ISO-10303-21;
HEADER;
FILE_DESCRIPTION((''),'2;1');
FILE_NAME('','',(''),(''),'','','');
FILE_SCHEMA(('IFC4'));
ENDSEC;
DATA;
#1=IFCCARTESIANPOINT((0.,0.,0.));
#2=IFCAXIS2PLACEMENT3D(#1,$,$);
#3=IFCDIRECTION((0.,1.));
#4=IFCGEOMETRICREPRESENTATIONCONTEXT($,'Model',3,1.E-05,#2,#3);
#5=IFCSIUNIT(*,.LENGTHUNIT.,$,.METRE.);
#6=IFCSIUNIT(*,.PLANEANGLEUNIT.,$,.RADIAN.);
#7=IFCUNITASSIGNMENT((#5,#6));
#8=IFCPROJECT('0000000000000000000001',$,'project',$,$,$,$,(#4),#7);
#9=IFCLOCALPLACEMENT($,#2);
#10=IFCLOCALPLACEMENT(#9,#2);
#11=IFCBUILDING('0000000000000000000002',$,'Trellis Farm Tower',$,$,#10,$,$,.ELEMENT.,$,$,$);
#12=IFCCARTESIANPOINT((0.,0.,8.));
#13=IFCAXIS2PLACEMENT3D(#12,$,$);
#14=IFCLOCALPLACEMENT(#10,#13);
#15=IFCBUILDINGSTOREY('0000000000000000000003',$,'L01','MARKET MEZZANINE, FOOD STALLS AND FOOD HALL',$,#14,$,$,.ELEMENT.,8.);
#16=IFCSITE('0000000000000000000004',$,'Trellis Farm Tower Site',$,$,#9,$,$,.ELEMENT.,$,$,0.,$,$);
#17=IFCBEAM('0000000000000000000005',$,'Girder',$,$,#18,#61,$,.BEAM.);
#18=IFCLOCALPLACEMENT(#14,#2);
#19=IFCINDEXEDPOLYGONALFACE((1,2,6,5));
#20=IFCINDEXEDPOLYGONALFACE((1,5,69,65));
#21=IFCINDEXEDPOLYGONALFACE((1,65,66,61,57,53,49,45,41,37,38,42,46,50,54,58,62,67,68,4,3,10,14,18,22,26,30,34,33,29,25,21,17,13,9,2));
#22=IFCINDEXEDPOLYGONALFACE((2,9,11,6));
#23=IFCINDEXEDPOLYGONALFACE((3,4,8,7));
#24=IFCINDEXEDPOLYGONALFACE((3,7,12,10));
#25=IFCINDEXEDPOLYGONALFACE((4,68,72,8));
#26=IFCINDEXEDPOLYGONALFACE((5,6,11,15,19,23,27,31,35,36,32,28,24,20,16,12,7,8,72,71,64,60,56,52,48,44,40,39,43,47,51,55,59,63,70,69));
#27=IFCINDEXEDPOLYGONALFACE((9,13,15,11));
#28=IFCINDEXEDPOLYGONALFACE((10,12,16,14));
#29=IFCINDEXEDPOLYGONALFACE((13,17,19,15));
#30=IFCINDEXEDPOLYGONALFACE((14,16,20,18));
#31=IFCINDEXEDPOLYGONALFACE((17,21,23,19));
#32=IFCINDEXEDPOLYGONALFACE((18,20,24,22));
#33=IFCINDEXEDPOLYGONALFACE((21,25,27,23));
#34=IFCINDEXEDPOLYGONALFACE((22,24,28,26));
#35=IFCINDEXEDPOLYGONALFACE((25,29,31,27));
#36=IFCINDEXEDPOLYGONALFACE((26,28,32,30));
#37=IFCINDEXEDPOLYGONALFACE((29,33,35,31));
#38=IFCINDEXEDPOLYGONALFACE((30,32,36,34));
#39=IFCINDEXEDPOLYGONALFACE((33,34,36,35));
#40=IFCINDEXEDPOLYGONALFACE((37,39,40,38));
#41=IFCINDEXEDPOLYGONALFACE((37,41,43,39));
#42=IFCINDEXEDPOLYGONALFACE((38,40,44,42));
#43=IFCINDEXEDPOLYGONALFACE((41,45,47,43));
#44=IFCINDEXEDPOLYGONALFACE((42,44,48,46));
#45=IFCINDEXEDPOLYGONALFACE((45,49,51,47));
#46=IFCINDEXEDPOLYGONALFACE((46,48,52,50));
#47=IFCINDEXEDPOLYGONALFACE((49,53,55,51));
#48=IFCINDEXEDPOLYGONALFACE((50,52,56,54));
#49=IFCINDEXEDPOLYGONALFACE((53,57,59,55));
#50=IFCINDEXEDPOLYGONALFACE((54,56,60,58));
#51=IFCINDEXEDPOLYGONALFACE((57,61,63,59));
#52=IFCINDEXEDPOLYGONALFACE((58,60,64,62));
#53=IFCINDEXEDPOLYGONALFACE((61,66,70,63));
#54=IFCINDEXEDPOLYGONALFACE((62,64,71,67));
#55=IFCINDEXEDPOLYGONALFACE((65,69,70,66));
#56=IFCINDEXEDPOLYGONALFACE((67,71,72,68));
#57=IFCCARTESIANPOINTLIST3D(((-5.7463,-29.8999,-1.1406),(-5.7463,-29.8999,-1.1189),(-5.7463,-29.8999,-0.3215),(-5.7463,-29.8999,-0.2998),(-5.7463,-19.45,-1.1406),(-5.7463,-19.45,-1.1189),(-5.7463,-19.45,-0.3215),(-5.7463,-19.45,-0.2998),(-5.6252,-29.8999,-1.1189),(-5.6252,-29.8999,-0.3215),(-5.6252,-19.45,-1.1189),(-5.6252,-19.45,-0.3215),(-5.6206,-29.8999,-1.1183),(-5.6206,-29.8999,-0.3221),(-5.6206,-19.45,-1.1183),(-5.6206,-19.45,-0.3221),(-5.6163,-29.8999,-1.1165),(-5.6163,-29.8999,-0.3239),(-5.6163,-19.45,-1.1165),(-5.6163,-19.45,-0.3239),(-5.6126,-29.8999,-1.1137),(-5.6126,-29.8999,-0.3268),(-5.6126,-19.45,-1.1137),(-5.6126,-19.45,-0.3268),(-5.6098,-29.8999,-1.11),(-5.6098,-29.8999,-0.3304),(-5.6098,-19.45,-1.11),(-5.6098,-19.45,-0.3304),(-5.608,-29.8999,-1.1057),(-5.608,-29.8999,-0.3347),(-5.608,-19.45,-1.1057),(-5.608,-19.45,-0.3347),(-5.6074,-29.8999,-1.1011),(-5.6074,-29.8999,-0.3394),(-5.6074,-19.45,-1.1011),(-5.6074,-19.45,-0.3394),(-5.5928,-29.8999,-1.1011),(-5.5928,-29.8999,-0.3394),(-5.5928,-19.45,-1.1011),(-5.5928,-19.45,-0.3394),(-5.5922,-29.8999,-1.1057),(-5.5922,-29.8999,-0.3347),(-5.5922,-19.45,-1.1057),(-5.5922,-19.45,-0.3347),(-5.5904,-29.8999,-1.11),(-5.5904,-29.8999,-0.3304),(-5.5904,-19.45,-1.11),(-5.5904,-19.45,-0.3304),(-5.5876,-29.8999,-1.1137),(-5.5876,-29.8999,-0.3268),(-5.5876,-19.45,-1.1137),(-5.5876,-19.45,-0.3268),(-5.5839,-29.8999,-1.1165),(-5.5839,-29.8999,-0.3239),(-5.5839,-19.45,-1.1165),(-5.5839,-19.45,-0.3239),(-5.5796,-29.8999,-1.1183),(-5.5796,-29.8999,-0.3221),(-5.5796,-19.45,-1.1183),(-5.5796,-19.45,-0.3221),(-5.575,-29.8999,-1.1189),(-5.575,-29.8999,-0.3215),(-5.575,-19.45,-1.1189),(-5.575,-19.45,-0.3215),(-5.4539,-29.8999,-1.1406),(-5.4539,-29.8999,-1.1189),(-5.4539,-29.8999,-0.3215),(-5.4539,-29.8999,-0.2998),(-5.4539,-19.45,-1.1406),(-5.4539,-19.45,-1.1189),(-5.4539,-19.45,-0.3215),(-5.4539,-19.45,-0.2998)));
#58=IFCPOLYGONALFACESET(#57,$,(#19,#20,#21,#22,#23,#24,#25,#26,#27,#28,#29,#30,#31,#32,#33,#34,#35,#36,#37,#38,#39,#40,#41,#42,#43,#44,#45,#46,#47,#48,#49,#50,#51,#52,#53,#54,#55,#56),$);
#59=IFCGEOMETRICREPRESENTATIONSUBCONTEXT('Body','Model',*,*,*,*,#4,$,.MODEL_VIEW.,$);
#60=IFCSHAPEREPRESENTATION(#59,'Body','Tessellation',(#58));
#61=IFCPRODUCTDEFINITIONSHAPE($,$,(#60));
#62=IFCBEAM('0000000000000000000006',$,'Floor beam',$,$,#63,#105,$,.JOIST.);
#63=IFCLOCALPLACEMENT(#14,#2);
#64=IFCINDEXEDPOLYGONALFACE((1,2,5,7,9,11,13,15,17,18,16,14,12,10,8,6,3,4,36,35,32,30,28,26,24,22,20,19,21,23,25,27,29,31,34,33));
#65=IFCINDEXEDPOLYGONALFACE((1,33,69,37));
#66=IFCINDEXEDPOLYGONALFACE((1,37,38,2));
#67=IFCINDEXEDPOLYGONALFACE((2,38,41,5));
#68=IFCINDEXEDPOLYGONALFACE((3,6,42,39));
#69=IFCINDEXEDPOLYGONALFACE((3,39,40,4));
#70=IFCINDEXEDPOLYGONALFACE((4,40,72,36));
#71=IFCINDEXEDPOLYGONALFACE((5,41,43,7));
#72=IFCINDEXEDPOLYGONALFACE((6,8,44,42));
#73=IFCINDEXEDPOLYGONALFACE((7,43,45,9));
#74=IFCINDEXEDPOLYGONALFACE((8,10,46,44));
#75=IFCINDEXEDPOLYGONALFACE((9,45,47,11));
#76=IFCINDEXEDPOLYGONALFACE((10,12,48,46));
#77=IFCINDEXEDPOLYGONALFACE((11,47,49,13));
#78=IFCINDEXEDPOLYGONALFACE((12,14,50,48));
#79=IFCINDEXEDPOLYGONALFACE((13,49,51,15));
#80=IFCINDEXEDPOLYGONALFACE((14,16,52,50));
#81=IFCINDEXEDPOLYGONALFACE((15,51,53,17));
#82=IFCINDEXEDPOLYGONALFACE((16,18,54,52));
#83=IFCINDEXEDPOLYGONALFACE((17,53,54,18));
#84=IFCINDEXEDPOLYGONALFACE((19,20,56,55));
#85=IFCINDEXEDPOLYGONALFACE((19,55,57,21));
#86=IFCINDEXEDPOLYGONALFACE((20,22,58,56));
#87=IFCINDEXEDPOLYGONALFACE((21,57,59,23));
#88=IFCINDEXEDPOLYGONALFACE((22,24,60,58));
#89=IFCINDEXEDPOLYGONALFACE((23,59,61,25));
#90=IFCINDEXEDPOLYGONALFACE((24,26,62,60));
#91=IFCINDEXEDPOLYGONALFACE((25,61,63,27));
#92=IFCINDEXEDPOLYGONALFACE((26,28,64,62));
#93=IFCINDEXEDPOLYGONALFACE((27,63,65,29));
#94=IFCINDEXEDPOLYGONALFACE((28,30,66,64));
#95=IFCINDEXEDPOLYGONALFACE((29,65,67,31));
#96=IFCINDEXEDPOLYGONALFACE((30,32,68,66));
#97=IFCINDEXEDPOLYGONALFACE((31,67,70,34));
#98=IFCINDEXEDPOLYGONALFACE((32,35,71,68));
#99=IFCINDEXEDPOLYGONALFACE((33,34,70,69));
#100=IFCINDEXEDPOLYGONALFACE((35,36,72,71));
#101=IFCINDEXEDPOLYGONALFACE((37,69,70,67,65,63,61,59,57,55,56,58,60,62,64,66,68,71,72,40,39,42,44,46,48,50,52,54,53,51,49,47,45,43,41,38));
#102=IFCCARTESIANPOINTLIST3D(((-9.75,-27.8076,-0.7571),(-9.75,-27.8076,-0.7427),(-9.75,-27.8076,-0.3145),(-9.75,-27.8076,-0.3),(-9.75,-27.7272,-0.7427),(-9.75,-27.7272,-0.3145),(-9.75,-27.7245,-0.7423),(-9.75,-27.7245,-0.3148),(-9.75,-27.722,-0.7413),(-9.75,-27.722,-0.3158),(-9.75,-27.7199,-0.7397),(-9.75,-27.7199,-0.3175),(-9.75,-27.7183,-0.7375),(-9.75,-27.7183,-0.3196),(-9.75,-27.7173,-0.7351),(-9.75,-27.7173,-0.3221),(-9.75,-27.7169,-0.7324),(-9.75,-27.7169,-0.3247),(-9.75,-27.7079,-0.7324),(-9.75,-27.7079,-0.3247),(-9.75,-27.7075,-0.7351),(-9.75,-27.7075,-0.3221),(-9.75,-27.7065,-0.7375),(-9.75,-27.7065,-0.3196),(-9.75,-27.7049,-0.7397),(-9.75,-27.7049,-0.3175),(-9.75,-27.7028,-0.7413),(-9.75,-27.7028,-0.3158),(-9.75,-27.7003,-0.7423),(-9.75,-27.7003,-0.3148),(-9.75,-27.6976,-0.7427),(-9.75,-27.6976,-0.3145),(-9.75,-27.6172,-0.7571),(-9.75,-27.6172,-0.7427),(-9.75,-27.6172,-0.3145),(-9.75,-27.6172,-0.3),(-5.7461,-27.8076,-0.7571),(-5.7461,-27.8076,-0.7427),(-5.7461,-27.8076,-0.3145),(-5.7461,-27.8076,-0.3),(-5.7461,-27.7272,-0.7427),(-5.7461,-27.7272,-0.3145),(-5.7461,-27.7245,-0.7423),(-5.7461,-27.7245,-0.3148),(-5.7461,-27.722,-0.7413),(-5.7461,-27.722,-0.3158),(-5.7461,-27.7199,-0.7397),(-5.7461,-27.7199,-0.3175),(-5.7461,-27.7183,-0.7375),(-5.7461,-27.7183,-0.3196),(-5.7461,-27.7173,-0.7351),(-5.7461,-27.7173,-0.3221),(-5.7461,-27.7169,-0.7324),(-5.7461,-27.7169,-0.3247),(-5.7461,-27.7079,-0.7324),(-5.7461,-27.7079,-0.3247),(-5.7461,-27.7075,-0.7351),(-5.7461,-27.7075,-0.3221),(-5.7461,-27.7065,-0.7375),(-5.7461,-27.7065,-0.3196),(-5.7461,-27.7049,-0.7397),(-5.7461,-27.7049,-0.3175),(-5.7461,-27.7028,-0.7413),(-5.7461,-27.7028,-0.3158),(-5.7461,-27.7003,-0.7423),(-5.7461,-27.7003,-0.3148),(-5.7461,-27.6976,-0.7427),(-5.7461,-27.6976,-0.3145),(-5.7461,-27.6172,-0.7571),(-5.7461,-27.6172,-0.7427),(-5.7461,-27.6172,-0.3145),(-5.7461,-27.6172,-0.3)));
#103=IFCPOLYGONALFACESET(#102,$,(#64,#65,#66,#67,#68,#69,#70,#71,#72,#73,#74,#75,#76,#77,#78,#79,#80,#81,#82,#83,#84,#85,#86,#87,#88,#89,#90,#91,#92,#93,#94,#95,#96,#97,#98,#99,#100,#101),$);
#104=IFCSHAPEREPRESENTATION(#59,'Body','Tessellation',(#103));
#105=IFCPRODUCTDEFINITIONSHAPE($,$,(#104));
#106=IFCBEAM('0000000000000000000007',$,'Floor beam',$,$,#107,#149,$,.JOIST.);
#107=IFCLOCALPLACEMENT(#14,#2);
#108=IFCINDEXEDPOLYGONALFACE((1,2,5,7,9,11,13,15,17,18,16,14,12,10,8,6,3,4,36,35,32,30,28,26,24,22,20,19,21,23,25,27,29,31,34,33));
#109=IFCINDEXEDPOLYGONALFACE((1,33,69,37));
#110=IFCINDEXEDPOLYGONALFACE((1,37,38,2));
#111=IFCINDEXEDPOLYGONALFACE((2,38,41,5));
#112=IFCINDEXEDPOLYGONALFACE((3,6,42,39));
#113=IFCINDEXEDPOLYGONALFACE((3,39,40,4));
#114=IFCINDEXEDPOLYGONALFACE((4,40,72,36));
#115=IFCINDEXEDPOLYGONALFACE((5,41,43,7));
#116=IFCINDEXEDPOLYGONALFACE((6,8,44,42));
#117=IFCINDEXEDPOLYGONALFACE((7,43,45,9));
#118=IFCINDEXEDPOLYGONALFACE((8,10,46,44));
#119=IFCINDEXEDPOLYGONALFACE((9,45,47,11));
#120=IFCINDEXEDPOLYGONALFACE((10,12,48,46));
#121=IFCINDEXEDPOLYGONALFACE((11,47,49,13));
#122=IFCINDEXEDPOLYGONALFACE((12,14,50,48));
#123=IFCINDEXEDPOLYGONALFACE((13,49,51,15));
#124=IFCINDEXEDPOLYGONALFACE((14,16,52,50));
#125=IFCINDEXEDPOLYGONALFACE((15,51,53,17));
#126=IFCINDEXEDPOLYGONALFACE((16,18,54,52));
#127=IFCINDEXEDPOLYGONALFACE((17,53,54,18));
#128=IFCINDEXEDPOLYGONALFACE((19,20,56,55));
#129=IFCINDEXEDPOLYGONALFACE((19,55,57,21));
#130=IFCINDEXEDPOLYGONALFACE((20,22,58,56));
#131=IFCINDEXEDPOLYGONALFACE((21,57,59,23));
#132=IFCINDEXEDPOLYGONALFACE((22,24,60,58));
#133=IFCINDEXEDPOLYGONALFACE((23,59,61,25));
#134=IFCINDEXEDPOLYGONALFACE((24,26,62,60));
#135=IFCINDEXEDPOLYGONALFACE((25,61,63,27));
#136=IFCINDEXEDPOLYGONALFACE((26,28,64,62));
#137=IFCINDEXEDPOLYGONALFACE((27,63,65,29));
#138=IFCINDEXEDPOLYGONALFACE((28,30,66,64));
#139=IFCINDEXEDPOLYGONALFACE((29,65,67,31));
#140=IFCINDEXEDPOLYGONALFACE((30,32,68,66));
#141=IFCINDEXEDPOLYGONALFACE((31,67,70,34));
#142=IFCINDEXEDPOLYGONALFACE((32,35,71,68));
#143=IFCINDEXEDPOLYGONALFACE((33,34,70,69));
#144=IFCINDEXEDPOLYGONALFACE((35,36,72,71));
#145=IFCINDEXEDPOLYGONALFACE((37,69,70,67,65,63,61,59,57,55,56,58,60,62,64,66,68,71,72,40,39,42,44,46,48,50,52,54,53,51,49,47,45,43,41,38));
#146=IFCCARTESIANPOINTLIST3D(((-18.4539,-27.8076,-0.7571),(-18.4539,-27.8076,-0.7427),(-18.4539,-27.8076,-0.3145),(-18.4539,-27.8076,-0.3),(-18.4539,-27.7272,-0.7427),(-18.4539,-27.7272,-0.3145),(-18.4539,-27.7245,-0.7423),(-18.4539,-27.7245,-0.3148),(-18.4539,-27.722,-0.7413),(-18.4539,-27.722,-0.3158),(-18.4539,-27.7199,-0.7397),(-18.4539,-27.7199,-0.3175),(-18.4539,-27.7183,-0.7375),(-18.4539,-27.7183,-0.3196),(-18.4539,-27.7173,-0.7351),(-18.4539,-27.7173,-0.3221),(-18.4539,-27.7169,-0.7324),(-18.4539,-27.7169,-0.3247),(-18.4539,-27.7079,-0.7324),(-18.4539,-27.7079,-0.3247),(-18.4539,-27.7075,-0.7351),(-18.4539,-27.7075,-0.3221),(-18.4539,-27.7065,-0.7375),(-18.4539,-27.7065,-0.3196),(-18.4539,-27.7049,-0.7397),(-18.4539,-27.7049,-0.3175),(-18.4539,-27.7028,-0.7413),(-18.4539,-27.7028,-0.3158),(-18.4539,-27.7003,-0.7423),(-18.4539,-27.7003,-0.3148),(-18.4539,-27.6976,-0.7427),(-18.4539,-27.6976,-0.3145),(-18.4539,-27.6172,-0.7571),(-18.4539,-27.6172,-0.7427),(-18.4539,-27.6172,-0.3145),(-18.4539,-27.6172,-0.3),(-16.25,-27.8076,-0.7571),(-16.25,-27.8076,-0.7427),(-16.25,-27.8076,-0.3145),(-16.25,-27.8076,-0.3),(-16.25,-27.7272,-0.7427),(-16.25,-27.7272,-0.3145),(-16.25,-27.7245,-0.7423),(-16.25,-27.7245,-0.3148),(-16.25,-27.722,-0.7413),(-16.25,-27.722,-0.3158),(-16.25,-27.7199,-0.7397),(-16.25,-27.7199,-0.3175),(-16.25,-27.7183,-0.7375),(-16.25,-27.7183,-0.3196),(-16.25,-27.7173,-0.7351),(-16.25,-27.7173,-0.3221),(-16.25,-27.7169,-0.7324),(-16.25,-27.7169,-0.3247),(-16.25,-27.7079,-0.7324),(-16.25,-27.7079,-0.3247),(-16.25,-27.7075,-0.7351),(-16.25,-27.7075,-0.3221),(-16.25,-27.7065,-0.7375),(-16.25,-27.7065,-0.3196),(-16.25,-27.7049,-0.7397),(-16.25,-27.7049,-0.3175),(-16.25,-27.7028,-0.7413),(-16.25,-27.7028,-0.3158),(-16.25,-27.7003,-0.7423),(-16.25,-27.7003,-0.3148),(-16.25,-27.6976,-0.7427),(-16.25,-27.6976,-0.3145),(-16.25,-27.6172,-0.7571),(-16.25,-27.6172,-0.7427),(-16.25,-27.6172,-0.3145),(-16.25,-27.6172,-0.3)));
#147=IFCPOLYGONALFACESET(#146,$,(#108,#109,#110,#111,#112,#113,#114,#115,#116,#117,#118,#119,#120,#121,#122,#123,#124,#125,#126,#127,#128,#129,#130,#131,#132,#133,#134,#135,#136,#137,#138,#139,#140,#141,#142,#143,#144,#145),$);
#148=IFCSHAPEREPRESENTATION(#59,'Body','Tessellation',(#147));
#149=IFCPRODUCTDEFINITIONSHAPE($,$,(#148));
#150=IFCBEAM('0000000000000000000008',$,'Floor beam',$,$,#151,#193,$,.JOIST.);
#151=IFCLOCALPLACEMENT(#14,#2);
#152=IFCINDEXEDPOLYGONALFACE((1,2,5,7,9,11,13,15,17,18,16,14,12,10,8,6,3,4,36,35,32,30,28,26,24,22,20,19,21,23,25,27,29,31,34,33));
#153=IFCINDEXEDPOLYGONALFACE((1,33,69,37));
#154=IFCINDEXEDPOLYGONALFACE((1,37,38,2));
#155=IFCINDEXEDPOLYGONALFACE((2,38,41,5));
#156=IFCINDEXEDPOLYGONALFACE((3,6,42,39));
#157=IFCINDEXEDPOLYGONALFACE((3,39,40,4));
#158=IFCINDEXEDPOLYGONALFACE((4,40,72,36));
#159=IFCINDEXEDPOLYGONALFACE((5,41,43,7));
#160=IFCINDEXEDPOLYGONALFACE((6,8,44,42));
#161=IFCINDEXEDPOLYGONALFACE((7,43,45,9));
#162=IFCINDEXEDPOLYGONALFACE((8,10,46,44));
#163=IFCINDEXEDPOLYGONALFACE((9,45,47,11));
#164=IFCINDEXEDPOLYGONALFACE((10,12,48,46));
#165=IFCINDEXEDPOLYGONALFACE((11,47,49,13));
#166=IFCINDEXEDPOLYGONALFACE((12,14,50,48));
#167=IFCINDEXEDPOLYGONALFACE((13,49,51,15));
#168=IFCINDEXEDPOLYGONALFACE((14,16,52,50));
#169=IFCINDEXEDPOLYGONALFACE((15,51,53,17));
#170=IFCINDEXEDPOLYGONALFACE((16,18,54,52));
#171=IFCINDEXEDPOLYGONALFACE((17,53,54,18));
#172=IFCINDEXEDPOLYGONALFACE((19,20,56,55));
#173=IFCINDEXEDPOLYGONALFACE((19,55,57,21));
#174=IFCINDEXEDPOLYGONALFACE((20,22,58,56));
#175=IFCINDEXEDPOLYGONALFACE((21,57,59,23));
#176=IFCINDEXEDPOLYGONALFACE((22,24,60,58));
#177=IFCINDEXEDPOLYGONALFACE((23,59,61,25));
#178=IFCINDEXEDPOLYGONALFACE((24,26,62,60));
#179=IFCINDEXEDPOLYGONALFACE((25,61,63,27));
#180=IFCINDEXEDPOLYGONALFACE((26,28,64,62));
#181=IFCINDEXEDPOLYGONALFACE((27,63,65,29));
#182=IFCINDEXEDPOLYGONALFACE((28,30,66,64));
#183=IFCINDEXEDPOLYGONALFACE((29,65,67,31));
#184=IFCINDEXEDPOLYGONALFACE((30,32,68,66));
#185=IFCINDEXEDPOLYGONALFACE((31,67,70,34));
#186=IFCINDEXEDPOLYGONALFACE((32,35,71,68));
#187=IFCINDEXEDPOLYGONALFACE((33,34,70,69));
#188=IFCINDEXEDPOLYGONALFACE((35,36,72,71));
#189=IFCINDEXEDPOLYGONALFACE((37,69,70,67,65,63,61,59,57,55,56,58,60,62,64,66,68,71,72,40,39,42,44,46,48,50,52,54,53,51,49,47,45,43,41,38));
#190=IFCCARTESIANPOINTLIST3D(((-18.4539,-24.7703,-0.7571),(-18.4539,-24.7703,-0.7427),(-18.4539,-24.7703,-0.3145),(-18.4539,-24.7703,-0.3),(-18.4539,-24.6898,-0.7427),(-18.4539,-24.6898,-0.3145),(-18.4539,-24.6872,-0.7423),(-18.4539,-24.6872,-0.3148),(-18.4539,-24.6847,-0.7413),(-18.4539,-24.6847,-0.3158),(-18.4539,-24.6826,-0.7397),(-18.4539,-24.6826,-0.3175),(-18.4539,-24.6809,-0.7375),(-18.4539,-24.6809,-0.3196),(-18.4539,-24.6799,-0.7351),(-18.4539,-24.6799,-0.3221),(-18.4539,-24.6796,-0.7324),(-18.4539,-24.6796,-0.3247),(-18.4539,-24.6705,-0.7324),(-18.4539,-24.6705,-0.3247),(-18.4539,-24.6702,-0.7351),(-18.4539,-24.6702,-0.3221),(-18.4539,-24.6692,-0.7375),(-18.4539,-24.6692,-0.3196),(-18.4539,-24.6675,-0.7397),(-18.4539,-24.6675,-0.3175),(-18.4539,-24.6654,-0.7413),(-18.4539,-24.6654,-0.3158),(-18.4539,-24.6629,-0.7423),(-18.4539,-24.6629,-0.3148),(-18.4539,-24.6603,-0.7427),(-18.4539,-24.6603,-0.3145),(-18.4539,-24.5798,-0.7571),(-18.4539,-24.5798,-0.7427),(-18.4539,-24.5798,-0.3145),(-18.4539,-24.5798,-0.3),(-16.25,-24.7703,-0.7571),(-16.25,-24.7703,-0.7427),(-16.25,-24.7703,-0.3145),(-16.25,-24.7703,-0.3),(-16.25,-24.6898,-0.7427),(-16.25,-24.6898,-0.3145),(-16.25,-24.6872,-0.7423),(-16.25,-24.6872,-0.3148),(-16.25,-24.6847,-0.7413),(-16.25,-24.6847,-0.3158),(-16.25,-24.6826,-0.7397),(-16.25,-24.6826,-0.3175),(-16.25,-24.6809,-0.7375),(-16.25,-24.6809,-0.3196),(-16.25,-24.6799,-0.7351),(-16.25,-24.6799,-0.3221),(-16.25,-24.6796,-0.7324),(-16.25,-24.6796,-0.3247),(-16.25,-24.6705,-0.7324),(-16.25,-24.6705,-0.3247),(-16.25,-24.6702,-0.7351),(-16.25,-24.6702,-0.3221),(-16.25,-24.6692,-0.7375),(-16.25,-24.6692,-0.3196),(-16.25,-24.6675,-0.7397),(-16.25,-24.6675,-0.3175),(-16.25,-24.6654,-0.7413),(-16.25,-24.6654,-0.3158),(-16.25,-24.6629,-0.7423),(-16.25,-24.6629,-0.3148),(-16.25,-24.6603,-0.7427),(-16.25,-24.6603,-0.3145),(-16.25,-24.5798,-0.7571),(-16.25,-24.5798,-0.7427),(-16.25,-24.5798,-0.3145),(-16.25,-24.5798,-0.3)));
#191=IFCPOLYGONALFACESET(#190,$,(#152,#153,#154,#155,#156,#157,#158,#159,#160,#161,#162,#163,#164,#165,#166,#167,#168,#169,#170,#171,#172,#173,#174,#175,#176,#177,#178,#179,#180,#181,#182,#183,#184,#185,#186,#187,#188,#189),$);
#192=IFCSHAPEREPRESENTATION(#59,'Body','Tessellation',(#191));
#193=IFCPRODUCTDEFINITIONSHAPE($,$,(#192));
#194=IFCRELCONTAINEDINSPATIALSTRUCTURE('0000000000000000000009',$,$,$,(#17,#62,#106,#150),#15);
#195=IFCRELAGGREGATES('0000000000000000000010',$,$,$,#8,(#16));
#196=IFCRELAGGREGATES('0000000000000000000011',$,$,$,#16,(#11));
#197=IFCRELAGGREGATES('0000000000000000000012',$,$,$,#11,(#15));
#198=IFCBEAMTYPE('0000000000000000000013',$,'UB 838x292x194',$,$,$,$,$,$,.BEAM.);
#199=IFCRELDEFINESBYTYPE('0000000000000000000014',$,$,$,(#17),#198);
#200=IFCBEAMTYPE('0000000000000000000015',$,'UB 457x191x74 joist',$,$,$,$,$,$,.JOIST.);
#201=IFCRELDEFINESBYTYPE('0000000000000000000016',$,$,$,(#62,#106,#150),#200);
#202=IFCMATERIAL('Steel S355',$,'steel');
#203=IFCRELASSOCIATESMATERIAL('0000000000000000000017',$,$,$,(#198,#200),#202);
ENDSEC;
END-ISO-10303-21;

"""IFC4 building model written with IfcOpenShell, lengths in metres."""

from ifc_helpers import new_model, si_unit, direction, frame, origin, origin_2d, place, context, subcontext, project, spatial, i_section, extrude, source, transform, mapped, material, material_profile, profile_set, type_object, element, save


model = new_model("IFC4")

# Units and contexts
model_context = context("Model", 3, precision=1e-05, world=origin(), true_north=direction((0.0, 1.0)))
body_context = subcontext(model_context, "Body", "Model", "MODEL_VIEW")
ifc_project = project(units=[si_unit("LENGTHUNIT", "METRE"), si_unit("PLANEANGLEUNIT", "RADIAN")], contexts=[model_context])

# Site, building, storey
site_placement = place(None, origin())
site = spatial("IfcSite", under=ifc_project, at=site_placement, Name="Trellis Farm Tower Site", CompositionType="ELEMENT", RefElevation=0.0)
building_placement = place(site_placement, origin())
building = spatial("IfcBuilding", under=site, at=building_placement, Name="Trellis Farm Tower", CompositionType="ELEMENT")
storey_placement = place(building_placement, frame((0.0, 0.0, 8.0)))
storey = spatial("IfcBuildingStorey", under=building, at=storey_placement, Name="L01", Description="MARKET MEZZANINE, FOOD STALLS AND FOOD HALL", CompositionType="ELEMENT", Elevation=8.0)

# Beams
ifc_material_1 = material(Name="Steel S355", Category="steel")
ifc_material_profile_1 = material_profile(ifc_material_1, i_section(OverallWidth=0.2925, OverallDepth=0.8408, WebThickness=0.0146, FlangeThickness=0.0217, FilletRadius=0.0178, at=origin_2d()), Name="UB 838x292x194")
ifc_profile_set_1 = profile_set([ifc_material_profile_1], Name="Steel S355")
beam_type_1 = type_object("IfcBeamType", Name="UB 838x292x194", PredefinedType="BEAM", material=ifc_profile_set_1)
shared_shape_1 = source(origin(), body_context, "Body", "SweptSolid", [
    extrude(i_section(OverallWidth=0.2925, OverallDepth=0.8408, WebThickness=0.0146, FlangeThickness=0.0217, FilletRadius=0.0178, at=origin_2d()), origin(), (0.0, 0.0, 1.0), 10.45),
])
beam_1_placement = place(storey_placement, frame((-5.6001, -29.8999, -0.7202), z_axis=(0.0, 1.0, 0.0), x_axis=(-1.0, 0.0, 0.0)))
element("IfcBeam", 1, at=beam_1_placement, inside=storey, type_object=beam_type_1, Name="Girder", PredefinedType="BEAM", context=body_context, shape_type="MappedRepresentation", body=[
    mapped(shared_shape_1, transform((0.0, 0.0, 0.0))),
])
ifc_material_profile_2 = material_profile(ifc_material_1, i_section(OverallWidth=0.1904, OverallDepth=0.457, WebThickness=0.009, FlangeThickness=0.0144, FilletRadius=0.0103, at=origin_2d()), Name="UB 457x191x74")
ifc_profile_set_2 = profile_set([ifc_material_profile_2], Name="Steel S355")
beam_type_2 = type_object("IfcBeamType", Name="UB 457x191x74 joist", PredefinedType="JOIST", material=ifc_profile_set_2)
shared_shape_2 = source(origin(), body_context, "Body", "SweptSolid", [
    extrude(i_section(OverallWidth=0.1904, OverallDepth=0.457, WebThickness=0.009, FlangeThickness=0.0144, FilletRadius=0.0103, at=origin_2d()), origin(), (0.0, 0.0, 1.0), 4.0039),
])
beam_2_placement = place(storey_placement, frame((-9.75, -27.7124, -0.5286), z_axis=(1.0, 0.0, 0.0), x_axis=(0.0, 1.0, 0.0)))
element("IfcBeam", 2, at=beam_2_placement, inside=storey, type_object=beam_type_2, Name="Floor beam", PredefinedType="JOIST", context=body_context, shape_type="MappedRepresentation", body=[
    mapped(shared_shape_2, transform((0.0, 0.0, 0.0))),
])
shared_shape_3 = source(origin(), body_context, "Body", "SweptSolid", [
    extrude(i_section(OverallWidth=0.1904, OverallDepth=0.457, WebThickness=0.009, FlangeThickness=0.0144, FilletRadius=0.0103, at=origin_2d()), origin(), (0.0, 0.0, 1.0), 2.2039),
])
for number, where, z_axis, x_axis, name in (
    (3, (-18.4539, -27.7124, -0.5286), (1.0, 0.0, 0.0), (0.0, 1.0, 0.0), "Floor beam"),
    (4, (-18.4539, -24.675, -0.5286), (1.0, 0.0, 0.0), (0.0, 1.0, 0.0), "Floor beam"),
):
    element("IfcBeam", number, at=place(storey_placement, frame(where, z_axis=z_axis, x_axis=x_axis)), inside=storey, type_object=beam_type_2, Name=name, PredefinedType="JOIST", context=body_context, shape_type="MappedRepresentation", body=[
        mapped(shared_shape_3, transform((0.0, 0.0, 0.0))),
    ])

save(model, "model.ifc")
